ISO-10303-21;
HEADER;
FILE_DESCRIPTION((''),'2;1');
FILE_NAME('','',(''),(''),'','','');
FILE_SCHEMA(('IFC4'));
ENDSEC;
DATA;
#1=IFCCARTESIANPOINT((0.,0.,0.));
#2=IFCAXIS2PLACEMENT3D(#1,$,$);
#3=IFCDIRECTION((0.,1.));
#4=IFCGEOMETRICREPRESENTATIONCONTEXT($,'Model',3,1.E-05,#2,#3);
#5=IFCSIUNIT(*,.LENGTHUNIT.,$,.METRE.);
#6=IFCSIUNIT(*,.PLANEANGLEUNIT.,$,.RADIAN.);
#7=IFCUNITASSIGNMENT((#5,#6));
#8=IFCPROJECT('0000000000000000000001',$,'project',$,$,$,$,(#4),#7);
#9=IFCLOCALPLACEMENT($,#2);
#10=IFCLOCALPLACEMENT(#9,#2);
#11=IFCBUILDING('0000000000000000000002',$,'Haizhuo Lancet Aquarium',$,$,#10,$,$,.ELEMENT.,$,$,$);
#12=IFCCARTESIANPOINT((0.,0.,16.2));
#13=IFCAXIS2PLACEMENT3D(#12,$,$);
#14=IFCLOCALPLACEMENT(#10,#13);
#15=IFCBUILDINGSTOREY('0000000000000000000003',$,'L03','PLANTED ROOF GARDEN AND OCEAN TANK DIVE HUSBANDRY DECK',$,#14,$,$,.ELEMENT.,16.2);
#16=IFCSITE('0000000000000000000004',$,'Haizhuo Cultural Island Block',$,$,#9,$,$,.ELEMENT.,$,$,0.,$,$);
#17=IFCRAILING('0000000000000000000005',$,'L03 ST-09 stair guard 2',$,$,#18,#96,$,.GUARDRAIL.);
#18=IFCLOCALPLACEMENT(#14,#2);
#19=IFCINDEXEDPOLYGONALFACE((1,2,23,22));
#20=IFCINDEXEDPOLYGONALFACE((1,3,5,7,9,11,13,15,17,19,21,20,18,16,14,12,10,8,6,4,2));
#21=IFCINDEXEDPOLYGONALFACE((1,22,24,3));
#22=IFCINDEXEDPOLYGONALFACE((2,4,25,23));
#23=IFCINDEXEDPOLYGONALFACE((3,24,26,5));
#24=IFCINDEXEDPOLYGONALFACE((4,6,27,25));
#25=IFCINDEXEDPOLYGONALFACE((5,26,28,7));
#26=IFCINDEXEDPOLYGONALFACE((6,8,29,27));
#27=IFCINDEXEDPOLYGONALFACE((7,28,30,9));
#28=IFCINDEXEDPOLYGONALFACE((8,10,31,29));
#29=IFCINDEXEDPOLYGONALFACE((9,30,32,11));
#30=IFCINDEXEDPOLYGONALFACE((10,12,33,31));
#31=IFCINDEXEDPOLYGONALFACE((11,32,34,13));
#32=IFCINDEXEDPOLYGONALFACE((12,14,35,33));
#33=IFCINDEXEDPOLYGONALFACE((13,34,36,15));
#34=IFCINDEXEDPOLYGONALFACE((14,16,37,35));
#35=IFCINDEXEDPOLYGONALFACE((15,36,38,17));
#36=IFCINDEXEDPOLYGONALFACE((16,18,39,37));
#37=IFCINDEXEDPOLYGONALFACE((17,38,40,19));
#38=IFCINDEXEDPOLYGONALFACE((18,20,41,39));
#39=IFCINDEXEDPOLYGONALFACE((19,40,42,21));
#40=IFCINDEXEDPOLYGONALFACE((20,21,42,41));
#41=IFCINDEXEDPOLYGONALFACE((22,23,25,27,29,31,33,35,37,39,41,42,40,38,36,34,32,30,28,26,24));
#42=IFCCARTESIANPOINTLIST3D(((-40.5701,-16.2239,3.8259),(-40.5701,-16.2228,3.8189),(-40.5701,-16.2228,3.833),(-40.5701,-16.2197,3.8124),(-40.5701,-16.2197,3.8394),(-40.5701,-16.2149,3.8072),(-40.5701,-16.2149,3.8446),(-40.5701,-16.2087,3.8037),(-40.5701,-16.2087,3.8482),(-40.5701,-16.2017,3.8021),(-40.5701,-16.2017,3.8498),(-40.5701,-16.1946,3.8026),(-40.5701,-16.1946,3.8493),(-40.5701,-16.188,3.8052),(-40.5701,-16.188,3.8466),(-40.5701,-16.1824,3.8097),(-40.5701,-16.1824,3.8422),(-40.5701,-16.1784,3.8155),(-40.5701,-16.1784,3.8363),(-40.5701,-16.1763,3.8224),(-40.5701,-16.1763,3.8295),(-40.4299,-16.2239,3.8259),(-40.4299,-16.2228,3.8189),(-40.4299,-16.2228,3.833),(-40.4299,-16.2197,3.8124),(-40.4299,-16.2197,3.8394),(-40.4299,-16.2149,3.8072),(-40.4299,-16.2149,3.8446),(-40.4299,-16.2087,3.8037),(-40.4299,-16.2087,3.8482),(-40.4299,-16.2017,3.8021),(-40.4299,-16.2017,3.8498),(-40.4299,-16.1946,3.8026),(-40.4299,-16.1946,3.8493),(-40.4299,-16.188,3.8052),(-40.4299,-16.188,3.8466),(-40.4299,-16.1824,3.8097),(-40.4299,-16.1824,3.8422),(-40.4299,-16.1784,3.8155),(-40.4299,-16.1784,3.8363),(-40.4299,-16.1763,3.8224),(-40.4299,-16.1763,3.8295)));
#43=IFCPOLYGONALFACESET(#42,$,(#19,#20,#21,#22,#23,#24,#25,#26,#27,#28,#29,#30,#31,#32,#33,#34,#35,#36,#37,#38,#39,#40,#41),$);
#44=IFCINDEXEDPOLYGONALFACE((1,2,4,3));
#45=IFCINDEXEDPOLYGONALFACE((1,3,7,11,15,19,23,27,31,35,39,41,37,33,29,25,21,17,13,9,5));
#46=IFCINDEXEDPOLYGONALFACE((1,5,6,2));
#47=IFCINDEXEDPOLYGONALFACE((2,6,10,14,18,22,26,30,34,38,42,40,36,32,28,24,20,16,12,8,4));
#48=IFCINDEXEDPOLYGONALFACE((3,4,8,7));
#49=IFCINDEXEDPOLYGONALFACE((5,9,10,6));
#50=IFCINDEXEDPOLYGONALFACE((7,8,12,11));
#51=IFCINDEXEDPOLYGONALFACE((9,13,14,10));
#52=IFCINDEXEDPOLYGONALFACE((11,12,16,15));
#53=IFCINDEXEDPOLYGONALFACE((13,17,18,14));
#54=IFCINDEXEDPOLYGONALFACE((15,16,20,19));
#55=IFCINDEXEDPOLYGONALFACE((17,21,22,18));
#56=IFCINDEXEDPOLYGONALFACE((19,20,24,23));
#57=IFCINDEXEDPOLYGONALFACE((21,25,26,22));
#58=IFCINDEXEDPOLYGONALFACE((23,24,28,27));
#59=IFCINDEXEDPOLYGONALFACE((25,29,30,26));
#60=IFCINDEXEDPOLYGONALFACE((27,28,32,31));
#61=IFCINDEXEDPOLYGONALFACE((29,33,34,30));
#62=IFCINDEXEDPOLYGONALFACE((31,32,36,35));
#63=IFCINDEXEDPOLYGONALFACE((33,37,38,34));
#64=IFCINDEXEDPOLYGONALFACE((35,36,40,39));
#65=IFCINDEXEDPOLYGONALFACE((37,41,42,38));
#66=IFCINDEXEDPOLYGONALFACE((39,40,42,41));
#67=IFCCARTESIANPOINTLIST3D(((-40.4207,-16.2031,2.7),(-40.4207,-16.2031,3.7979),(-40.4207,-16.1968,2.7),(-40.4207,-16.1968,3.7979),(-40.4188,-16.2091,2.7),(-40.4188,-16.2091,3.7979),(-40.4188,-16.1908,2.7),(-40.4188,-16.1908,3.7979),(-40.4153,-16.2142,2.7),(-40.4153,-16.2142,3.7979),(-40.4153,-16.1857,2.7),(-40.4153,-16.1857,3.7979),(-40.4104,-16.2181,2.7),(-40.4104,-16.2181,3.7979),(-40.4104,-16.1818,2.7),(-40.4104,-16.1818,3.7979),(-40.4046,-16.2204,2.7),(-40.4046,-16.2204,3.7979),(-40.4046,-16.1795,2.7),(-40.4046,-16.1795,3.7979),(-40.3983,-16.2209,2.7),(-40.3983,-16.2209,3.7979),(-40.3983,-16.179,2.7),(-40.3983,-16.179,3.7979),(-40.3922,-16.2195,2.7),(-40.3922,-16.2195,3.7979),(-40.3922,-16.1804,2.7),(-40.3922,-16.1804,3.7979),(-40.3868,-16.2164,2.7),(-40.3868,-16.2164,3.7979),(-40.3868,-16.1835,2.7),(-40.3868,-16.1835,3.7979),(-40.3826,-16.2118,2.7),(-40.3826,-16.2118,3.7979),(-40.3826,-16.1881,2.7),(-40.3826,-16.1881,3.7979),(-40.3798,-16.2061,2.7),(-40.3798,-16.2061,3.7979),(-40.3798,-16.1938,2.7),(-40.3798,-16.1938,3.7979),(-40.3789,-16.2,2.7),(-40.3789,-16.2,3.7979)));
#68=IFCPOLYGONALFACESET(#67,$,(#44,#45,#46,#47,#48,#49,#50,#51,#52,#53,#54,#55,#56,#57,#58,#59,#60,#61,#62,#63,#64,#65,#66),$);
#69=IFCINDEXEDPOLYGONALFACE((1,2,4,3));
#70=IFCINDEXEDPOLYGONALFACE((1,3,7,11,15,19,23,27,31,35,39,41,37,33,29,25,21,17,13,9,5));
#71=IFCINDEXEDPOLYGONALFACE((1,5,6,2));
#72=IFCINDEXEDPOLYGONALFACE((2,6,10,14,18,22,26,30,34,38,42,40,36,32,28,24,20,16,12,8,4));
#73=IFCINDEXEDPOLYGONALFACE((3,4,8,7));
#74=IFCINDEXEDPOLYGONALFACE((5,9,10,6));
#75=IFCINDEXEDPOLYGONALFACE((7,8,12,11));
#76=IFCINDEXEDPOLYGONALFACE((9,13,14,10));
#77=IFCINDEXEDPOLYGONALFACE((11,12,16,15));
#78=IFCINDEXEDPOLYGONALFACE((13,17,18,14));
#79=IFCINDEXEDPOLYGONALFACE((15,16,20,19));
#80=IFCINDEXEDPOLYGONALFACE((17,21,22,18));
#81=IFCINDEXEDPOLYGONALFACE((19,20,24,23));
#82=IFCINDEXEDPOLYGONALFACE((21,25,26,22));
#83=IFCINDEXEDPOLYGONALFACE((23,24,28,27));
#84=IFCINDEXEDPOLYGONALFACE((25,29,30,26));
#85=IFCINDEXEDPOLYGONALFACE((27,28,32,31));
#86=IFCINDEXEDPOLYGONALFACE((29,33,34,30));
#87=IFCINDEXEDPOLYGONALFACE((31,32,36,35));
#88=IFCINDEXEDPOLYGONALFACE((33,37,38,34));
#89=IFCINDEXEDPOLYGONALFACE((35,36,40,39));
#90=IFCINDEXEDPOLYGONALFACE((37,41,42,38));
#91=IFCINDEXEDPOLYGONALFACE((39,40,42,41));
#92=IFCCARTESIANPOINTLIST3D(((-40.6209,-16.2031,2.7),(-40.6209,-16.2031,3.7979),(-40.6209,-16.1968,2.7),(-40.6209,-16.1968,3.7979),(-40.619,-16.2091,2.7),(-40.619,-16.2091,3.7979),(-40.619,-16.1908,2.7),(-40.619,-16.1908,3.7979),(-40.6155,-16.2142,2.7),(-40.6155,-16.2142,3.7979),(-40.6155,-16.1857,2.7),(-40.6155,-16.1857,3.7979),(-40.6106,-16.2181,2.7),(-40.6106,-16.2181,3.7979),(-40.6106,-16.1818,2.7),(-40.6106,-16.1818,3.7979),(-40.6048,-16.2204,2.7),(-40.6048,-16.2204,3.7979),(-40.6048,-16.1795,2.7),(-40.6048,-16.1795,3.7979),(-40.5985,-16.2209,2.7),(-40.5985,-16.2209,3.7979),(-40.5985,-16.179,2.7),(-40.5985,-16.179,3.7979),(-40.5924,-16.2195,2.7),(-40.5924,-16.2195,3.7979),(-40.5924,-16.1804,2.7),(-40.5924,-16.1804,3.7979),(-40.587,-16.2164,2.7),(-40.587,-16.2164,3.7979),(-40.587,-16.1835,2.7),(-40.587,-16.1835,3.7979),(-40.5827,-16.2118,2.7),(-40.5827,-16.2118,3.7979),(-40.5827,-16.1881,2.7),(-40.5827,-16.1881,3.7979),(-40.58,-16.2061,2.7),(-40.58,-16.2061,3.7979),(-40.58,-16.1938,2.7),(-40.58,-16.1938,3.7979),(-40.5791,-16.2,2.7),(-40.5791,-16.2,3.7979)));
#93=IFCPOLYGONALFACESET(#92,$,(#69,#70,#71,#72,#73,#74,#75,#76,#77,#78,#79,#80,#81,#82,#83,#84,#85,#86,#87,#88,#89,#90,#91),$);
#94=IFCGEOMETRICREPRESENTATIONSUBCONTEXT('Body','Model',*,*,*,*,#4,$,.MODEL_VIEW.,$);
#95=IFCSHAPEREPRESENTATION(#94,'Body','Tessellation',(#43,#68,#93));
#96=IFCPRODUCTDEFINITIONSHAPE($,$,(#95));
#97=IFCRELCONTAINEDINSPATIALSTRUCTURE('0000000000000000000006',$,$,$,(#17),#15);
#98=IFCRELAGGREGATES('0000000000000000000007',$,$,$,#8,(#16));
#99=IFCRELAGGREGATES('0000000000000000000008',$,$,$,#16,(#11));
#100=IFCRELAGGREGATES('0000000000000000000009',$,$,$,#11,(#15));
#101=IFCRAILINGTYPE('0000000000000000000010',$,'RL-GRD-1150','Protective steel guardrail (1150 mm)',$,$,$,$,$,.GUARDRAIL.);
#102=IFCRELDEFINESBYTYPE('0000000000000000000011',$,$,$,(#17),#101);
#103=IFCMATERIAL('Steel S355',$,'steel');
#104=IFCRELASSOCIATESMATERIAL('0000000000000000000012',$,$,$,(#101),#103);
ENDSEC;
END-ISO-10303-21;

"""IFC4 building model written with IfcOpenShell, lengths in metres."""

from ifc_helpers import new_model, si_unit, direction, frame, origin, origin_2d, place, context, subcontext, project, spatial, circle, extrude, material, type_object, element, save


model = new_model("IFC4")

# Units and contexts
model_context = context("Model", 3, precision=1e-05, world=origin(), true_north=direction((0.0, 1.0)))
body_context = subcontext(model_context, "Body", "Model", "MODEL_VIEW")
ifc_project = project(units=[si_unit("LENGTHUNIT", "METRE"), si_unit("PLANEANGLEUNIT", "RADIAN")], contexts=[model_context])

# Site, building, storey
site_placement = place(None, origin())
site = spatial("IfcSite", under=ifc_project, at=site_placement, Name="Haizhuo Cultural Island Block", CompositionType="ELEMENT", RefElevation=0.0)
building_placement = place(site_placement, origin())
building = spatial("IfcBuilding", under=site, at=building_placement, Name="Haizhuo Lancet Aquarium", CompositionType="ELEMENT")
storey_placement = place(building_placement, frame((0.0, 0.0, 16.2)))
storey = spatial("IfcBuildingStorey", under=building, at=storey_placement, Name="L03", Description="PLANTED ROOF GARDEN AND OCEAN TANK DIVE HUSBANDRY DECK", CompositionType="ELEMENT", Elevation=16.2)

# Shared definitions
ifc_material_1 = material(Name="Steel S355", Category="steel")

# Railing
railing_type_1 = type_object("IfcRailingType", Name="RL-GRD-1150", Description="Protective steel guardrail (1150 mm)", PredefinedType="GUARDRAIL", material=ifc_material_1)
railing_1_placement = place(storey_placement, frame((-40.3999, -16.2, 2.7)))
element("IfcRailing", 1, at=railing_1_placement, inside=storey, type_object=railing_type_1, Name="L03 ST-09 stair guard 2", PredefinedType="GUARDRAIL", context=body_context, shape_type="SweptSolid", body=[
    extrude(circle(Radius=0.0239, at=origin_2d()), frame((-0.03, 0.0, 1.126), z_axis=(-1.0, 0.0, 0.0), x_axis=(0.0, -1.0, 0.0)), (0.0, 0.0, 1.0), 0.1401),
    extrude(circle(Radius=0.021, at=origin_2d()), origin(), (0.0, 0.0, 1.0), 1.0979),
    extrude(circle(Radius=0.021, at=origin_2d()), frame((-0.2002, 0.0, 0.0)), (0.0, 0.0, 1.0), 1.0979),
])

save(model, "model.ifc")
